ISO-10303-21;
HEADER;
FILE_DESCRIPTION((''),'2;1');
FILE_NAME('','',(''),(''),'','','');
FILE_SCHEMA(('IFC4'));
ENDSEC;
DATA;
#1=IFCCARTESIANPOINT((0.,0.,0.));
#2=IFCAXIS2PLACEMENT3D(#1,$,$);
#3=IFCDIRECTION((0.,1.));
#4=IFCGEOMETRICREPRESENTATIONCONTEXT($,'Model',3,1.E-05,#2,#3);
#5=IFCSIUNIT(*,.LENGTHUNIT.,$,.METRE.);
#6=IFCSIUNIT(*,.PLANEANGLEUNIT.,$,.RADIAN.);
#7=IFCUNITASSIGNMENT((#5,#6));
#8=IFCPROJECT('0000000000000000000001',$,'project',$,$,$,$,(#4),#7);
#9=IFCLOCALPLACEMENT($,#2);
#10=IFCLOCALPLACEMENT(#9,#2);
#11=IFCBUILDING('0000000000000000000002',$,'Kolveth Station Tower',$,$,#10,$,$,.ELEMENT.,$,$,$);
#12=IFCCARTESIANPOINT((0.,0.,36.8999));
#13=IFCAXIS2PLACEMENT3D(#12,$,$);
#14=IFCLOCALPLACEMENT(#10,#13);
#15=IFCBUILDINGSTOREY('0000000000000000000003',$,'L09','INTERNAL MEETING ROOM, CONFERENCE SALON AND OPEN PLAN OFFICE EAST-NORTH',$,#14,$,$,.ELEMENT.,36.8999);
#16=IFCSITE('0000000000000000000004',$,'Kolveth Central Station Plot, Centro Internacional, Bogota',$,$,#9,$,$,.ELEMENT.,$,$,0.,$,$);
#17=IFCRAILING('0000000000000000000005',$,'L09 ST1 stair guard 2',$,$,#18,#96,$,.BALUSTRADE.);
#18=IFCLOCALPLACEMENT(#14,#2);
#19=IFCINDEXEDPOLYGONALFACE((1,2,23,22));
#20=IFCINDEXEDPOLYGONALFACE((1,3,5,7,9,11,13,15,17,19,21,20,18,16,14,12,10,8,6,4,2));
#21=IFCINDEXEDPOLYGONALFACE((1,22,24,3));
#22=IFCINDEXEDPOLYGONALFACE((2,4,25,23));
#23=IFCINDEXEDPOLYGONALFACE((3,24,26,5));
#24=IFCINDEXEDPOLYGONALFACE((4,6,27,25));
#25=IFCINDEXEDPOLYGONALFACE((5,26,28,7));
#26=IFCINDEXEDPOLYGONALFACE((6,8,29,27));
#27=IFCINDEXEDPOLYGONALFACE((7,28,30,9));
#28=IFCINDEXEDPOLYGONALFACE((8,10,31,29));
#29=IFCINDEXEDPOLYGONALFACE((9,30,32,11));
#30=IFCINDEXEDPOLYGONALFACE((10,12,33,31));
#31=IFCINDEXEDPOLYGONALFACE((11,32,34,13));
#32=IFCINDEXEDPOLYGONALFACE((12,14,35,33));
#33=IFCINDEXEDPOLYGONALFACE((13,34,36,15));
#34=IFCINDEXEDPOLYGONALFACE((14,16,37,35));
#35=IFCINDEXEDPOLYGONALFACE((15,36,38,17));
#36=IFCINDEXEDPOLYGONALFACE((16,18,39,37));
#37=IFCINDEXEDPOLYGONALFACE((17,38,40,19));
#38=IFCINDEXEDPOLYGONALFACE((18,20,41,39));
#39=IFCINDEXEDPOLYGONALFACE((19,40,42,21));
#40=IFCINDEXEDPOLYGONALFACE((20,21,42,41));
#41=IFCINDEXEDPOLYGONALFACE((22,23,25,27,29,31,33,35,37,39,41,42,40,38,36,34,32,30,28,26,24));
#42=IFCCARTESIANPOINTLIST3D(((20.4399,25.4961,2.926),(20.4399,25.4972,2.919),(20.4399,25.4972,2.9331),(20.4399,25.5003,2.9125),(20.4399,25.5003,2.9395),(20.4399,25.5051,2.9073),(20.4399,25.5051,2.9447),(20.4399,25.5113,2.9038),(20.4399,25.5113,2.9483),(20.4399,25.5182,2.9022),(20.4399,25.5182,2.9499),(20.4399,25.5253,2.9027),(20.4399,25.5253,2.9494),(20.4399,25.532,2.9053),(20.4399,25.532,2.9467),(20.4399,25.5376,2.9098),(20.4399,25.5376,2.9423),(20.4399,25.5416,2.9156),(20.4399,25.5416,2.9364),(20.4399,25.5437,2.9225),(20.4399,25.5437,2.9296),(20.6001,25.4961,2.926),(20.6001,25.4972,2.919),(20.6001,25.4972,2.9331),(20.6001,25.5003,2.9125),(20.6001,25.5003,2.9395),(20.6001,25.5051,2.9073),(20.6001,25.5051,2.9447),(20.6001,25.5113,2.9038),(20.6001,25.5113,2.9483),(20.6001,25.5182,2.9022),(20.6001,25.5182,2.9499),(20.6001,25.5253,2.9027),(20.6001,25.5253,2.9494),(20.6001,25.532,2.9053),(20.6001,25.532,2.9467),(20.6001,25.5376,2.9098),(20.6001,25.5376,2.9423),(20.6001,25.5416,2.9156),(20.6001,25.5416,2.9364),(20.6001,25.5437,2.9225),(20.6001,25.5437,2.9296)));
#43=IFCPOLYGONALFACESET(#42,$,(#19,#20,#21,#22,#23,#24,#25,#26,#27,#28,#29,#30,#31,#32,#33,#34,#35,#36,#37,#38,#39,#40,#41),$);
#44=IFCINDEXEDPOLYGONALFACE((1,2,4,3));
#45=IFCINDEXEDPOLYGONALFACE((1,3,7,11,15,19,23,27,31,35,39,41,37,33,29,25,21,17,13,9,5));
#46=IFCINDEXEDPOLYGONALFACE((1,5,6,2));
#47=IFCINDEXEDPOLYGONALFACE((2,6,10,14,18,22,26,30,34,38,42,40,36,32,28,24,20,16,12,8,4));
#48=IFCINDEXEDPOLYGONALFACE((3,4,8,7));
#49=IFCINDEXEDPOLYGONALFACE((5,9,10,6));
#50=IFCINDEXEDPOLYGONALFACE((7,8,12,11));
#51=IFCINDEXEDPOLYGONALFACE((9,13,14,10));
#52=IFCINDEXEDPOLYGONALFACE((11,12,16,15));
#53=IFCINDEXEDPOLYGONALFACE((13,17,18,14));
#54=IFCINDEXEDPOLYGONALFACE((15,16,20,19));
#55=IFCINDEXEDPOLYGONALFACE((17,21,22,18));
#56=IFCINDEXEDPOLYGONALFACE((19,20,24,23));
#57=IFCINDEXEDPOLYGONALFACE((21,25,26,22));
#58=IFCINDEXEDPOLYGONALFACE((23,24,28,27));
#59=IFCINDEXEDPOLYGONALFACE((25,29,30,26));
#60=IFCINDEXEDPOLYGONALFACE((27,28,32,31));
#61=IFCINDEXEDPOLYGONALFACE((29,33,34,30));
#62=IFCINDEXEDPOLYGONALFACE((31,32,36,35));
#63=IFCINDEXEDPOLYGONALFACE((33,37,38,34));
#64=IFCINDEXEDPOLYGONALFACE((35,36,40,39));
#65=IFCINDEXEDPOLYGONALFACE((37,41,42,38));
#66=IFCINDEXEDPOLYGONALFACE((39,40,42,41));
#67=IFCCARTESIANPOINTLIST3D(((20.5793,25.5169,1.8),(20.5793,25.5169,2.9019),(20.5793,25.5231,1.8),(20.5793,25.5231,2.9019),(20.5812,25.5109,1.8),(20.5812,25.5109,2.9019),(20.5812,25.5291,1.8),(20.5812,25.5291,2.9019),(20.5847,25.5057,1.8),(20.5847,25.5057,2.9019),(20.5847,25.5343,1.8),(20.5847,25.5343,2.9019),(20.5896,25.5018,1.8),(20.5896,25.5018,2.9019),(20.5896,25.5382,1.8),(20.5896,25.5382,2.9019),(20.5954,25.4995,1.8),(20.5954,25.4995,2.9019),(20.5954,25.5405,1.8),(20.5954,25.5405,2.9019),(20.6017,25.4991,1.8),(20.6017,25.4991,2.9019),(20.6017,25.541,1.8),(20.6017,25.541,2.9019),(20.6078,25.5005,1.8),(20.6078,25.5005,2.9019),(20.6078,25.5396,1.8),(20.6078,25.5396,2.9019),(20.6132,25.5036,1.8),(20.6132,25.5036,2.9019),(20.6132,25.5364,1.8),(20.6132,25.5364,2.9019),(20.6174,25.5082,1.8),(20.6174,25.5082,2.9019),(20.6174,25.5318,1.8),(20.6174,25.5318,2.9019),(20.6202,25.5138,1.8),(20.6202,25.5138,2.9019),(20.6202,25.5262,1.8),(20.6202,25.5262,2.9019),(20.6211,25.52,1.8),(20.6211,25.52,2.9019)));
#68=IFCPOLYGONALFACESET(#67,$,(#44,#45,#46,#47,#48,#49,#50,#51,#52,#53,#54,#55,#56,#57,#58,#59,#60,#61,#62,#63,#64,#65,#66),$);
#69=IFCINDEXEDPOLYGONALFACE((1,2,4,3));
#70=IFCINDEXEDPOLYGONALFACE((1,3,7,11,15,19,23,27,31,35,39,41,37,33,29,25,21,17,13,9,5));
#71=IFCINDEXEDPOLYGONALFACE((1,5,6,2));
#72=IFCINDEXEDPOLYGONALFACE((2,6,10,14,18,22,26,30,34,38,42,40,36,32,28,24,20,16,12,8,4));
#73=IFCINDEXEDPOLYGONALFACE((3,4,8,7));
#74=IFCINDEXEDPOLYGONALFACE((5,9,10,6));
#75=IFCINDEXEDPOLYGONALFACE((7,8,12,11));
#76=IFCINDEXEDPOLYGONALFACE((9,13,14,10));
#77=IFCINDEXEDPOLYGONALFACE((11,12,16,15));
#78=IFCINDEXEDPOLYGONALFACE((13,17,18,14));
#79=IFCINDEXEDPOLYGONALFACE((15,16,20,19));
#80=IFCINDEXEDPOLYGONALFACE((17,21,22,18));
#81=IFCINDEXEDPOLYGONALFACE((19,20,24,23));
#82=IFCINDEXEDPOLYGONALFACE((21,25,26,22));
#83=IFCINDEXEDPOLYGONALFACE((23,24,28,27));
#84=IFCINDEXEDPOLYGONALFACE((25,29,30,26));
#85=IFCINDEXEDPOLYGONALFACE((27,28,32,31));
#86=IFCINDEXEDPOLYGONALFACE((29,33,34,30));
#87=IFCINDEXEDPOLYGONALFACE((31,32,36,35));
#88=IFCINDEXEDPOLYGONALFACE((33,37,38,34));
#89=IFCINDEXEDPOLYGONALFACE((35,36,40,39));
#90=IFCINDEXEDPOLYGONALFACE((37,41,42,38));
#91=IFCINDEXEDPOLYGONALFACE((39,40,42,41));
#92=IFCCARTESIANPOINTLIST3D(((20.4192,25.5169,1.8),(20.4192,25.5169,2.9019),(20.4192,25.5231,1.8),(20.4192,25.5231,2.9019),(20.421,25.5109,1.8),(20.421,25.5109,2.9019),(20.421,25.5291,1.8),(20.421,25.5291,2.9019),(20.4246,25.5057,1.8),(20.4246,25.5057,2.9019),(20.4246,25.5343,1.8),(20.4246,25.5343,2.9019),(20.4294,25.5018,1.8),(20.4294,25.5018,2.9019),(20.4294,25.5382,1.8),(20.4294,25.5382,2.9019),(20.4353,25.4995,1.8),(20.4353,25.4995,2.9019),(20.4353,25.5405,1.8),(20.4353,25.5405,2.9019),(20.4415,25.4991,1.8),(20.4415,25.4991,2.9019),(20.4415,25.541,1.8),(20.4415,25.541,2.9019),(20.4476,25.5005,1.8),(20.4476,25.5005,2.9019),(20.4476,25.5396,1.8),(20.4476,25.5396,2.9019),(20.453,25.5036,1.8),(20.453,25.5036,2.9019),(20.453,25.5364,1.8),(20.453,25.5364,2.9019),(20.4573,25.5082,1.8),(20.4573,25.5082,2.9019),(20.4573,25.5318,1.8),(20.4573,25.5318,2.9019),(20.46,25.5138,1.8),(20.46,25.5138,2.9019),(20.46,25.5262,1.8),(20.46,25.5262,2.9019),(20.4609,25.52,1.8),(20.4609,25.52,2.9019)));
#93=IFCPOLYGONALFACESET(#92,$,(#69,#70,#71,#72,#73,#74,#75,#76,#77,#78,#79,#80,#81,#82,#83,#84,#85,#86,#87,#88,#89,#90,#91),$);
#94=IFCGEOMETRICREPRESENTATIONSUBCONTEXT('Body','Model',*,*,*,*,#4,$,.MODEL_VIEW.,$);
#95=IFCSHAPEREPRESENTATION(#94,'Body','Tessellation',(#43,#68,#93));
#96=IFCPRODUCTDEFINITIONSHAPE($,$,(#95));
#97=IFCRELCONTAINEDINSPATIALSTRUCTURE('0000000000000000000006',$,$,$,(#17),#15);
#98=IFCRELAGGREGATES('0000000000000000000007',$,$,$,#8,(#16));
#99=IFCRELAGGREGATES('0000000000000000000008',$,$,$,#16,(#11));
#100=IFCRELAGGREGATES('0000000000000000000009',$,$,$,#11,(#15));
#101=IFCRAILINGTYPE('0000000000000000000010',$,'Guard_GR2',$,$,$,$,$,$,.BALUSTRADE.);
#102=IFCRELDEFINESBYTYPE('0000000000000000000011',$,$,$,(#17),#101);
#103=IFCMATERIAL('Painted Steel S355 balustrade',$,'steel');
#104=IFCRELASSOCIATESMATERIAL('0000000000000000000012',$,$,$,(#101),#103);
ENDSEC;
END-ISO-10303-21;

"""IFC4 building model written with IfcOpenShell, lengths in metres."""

from ifc_helpers import new_model, si_unit, direction, frame, origin, origin_2d, place, context, subcontext, project, spatial, circle, extrude, material, type_object, element, save


model = new_model("IFC4")

# Units and contexts
model_context = context("Model", 3, precision=1e-05, world=origin(), true_north=direction((0.0, 1.0)))
body_context = subcontext(model_context, "Body", "Model", "MODEL_VIEW")
ifc_project = project(units=[si_unit("LENGTHUNIT", "METRE"), si_unit("PLANEANGLEUNIT", "RADIAN")], contexts=[model_context])

# Site, building, storey
site_placement = place(None, origin())
site = spatial("IfcSite", under=ifc_project, at=site_placement, Name="Kolveth Central Station Plot, Centro Internacional, Bogota", CompositionType="ELEMENT", RefElevation=0.0)
building_placement = place(site_placement, origin())
building = spatial("IfcBuilding", under=site, at=building_placement, Name="Kolveth Station Tower", CompositionType="ELEMENT")
storey_placement = place(building_placement, frame((0.0, 0.0, 36.8999)))
storey = spatial("IfcBuildingStorey", under=building, at=storey_placement, Name="L09", Description="INTERNAL MEETING ROOM, CONFERENCE SALON AND OPEN PLAN OFFICE EAST-NORTH", CompositionType="ELEMENT", Elevation=36.8999)

# Railing
ifc_material_1 = material(Name="Painted Steel S355 balustrade", Category="steel")
railing_type_1 = type_object("IfcRailingType", Name="Guard_GR2", PredefinedType="BALUSTRADE", material=ifc_material_1)
railing_1_placement = place(storey_placement, frame((20.6001, 25.52, 1.8)))
element("IfcRailing", 1, at=railing_1_placement, inside=storey, type_object=railing_type_1, Name="L09 ST1 stair guard 2", PredefinedType="BALUSTRADE", context=body_context, shape_type="SweptSolid", body=[
    extrude(circle(Radius=0.0239, at=origin_2d()), frame((0.0, 0.0, 1.126), z_axis=(-1.0, 0.0, 0.0), x_axis=(0.0, -1.0, 0.0)), (0.0, 0.0, 1.0), 0.1602),
    extrude(circle(Radius=0.021, at=origin_2d()), origin(), (0.0, 0.0, 1.0), 1.1018),
    extrude(circle(Radius=0.021, at=origin_2d()), frame((-0.1602, 0.0, 0.0)), (0.0, 0.0, 1.0), 1.1018),
])

save(model, "model.ifc")
